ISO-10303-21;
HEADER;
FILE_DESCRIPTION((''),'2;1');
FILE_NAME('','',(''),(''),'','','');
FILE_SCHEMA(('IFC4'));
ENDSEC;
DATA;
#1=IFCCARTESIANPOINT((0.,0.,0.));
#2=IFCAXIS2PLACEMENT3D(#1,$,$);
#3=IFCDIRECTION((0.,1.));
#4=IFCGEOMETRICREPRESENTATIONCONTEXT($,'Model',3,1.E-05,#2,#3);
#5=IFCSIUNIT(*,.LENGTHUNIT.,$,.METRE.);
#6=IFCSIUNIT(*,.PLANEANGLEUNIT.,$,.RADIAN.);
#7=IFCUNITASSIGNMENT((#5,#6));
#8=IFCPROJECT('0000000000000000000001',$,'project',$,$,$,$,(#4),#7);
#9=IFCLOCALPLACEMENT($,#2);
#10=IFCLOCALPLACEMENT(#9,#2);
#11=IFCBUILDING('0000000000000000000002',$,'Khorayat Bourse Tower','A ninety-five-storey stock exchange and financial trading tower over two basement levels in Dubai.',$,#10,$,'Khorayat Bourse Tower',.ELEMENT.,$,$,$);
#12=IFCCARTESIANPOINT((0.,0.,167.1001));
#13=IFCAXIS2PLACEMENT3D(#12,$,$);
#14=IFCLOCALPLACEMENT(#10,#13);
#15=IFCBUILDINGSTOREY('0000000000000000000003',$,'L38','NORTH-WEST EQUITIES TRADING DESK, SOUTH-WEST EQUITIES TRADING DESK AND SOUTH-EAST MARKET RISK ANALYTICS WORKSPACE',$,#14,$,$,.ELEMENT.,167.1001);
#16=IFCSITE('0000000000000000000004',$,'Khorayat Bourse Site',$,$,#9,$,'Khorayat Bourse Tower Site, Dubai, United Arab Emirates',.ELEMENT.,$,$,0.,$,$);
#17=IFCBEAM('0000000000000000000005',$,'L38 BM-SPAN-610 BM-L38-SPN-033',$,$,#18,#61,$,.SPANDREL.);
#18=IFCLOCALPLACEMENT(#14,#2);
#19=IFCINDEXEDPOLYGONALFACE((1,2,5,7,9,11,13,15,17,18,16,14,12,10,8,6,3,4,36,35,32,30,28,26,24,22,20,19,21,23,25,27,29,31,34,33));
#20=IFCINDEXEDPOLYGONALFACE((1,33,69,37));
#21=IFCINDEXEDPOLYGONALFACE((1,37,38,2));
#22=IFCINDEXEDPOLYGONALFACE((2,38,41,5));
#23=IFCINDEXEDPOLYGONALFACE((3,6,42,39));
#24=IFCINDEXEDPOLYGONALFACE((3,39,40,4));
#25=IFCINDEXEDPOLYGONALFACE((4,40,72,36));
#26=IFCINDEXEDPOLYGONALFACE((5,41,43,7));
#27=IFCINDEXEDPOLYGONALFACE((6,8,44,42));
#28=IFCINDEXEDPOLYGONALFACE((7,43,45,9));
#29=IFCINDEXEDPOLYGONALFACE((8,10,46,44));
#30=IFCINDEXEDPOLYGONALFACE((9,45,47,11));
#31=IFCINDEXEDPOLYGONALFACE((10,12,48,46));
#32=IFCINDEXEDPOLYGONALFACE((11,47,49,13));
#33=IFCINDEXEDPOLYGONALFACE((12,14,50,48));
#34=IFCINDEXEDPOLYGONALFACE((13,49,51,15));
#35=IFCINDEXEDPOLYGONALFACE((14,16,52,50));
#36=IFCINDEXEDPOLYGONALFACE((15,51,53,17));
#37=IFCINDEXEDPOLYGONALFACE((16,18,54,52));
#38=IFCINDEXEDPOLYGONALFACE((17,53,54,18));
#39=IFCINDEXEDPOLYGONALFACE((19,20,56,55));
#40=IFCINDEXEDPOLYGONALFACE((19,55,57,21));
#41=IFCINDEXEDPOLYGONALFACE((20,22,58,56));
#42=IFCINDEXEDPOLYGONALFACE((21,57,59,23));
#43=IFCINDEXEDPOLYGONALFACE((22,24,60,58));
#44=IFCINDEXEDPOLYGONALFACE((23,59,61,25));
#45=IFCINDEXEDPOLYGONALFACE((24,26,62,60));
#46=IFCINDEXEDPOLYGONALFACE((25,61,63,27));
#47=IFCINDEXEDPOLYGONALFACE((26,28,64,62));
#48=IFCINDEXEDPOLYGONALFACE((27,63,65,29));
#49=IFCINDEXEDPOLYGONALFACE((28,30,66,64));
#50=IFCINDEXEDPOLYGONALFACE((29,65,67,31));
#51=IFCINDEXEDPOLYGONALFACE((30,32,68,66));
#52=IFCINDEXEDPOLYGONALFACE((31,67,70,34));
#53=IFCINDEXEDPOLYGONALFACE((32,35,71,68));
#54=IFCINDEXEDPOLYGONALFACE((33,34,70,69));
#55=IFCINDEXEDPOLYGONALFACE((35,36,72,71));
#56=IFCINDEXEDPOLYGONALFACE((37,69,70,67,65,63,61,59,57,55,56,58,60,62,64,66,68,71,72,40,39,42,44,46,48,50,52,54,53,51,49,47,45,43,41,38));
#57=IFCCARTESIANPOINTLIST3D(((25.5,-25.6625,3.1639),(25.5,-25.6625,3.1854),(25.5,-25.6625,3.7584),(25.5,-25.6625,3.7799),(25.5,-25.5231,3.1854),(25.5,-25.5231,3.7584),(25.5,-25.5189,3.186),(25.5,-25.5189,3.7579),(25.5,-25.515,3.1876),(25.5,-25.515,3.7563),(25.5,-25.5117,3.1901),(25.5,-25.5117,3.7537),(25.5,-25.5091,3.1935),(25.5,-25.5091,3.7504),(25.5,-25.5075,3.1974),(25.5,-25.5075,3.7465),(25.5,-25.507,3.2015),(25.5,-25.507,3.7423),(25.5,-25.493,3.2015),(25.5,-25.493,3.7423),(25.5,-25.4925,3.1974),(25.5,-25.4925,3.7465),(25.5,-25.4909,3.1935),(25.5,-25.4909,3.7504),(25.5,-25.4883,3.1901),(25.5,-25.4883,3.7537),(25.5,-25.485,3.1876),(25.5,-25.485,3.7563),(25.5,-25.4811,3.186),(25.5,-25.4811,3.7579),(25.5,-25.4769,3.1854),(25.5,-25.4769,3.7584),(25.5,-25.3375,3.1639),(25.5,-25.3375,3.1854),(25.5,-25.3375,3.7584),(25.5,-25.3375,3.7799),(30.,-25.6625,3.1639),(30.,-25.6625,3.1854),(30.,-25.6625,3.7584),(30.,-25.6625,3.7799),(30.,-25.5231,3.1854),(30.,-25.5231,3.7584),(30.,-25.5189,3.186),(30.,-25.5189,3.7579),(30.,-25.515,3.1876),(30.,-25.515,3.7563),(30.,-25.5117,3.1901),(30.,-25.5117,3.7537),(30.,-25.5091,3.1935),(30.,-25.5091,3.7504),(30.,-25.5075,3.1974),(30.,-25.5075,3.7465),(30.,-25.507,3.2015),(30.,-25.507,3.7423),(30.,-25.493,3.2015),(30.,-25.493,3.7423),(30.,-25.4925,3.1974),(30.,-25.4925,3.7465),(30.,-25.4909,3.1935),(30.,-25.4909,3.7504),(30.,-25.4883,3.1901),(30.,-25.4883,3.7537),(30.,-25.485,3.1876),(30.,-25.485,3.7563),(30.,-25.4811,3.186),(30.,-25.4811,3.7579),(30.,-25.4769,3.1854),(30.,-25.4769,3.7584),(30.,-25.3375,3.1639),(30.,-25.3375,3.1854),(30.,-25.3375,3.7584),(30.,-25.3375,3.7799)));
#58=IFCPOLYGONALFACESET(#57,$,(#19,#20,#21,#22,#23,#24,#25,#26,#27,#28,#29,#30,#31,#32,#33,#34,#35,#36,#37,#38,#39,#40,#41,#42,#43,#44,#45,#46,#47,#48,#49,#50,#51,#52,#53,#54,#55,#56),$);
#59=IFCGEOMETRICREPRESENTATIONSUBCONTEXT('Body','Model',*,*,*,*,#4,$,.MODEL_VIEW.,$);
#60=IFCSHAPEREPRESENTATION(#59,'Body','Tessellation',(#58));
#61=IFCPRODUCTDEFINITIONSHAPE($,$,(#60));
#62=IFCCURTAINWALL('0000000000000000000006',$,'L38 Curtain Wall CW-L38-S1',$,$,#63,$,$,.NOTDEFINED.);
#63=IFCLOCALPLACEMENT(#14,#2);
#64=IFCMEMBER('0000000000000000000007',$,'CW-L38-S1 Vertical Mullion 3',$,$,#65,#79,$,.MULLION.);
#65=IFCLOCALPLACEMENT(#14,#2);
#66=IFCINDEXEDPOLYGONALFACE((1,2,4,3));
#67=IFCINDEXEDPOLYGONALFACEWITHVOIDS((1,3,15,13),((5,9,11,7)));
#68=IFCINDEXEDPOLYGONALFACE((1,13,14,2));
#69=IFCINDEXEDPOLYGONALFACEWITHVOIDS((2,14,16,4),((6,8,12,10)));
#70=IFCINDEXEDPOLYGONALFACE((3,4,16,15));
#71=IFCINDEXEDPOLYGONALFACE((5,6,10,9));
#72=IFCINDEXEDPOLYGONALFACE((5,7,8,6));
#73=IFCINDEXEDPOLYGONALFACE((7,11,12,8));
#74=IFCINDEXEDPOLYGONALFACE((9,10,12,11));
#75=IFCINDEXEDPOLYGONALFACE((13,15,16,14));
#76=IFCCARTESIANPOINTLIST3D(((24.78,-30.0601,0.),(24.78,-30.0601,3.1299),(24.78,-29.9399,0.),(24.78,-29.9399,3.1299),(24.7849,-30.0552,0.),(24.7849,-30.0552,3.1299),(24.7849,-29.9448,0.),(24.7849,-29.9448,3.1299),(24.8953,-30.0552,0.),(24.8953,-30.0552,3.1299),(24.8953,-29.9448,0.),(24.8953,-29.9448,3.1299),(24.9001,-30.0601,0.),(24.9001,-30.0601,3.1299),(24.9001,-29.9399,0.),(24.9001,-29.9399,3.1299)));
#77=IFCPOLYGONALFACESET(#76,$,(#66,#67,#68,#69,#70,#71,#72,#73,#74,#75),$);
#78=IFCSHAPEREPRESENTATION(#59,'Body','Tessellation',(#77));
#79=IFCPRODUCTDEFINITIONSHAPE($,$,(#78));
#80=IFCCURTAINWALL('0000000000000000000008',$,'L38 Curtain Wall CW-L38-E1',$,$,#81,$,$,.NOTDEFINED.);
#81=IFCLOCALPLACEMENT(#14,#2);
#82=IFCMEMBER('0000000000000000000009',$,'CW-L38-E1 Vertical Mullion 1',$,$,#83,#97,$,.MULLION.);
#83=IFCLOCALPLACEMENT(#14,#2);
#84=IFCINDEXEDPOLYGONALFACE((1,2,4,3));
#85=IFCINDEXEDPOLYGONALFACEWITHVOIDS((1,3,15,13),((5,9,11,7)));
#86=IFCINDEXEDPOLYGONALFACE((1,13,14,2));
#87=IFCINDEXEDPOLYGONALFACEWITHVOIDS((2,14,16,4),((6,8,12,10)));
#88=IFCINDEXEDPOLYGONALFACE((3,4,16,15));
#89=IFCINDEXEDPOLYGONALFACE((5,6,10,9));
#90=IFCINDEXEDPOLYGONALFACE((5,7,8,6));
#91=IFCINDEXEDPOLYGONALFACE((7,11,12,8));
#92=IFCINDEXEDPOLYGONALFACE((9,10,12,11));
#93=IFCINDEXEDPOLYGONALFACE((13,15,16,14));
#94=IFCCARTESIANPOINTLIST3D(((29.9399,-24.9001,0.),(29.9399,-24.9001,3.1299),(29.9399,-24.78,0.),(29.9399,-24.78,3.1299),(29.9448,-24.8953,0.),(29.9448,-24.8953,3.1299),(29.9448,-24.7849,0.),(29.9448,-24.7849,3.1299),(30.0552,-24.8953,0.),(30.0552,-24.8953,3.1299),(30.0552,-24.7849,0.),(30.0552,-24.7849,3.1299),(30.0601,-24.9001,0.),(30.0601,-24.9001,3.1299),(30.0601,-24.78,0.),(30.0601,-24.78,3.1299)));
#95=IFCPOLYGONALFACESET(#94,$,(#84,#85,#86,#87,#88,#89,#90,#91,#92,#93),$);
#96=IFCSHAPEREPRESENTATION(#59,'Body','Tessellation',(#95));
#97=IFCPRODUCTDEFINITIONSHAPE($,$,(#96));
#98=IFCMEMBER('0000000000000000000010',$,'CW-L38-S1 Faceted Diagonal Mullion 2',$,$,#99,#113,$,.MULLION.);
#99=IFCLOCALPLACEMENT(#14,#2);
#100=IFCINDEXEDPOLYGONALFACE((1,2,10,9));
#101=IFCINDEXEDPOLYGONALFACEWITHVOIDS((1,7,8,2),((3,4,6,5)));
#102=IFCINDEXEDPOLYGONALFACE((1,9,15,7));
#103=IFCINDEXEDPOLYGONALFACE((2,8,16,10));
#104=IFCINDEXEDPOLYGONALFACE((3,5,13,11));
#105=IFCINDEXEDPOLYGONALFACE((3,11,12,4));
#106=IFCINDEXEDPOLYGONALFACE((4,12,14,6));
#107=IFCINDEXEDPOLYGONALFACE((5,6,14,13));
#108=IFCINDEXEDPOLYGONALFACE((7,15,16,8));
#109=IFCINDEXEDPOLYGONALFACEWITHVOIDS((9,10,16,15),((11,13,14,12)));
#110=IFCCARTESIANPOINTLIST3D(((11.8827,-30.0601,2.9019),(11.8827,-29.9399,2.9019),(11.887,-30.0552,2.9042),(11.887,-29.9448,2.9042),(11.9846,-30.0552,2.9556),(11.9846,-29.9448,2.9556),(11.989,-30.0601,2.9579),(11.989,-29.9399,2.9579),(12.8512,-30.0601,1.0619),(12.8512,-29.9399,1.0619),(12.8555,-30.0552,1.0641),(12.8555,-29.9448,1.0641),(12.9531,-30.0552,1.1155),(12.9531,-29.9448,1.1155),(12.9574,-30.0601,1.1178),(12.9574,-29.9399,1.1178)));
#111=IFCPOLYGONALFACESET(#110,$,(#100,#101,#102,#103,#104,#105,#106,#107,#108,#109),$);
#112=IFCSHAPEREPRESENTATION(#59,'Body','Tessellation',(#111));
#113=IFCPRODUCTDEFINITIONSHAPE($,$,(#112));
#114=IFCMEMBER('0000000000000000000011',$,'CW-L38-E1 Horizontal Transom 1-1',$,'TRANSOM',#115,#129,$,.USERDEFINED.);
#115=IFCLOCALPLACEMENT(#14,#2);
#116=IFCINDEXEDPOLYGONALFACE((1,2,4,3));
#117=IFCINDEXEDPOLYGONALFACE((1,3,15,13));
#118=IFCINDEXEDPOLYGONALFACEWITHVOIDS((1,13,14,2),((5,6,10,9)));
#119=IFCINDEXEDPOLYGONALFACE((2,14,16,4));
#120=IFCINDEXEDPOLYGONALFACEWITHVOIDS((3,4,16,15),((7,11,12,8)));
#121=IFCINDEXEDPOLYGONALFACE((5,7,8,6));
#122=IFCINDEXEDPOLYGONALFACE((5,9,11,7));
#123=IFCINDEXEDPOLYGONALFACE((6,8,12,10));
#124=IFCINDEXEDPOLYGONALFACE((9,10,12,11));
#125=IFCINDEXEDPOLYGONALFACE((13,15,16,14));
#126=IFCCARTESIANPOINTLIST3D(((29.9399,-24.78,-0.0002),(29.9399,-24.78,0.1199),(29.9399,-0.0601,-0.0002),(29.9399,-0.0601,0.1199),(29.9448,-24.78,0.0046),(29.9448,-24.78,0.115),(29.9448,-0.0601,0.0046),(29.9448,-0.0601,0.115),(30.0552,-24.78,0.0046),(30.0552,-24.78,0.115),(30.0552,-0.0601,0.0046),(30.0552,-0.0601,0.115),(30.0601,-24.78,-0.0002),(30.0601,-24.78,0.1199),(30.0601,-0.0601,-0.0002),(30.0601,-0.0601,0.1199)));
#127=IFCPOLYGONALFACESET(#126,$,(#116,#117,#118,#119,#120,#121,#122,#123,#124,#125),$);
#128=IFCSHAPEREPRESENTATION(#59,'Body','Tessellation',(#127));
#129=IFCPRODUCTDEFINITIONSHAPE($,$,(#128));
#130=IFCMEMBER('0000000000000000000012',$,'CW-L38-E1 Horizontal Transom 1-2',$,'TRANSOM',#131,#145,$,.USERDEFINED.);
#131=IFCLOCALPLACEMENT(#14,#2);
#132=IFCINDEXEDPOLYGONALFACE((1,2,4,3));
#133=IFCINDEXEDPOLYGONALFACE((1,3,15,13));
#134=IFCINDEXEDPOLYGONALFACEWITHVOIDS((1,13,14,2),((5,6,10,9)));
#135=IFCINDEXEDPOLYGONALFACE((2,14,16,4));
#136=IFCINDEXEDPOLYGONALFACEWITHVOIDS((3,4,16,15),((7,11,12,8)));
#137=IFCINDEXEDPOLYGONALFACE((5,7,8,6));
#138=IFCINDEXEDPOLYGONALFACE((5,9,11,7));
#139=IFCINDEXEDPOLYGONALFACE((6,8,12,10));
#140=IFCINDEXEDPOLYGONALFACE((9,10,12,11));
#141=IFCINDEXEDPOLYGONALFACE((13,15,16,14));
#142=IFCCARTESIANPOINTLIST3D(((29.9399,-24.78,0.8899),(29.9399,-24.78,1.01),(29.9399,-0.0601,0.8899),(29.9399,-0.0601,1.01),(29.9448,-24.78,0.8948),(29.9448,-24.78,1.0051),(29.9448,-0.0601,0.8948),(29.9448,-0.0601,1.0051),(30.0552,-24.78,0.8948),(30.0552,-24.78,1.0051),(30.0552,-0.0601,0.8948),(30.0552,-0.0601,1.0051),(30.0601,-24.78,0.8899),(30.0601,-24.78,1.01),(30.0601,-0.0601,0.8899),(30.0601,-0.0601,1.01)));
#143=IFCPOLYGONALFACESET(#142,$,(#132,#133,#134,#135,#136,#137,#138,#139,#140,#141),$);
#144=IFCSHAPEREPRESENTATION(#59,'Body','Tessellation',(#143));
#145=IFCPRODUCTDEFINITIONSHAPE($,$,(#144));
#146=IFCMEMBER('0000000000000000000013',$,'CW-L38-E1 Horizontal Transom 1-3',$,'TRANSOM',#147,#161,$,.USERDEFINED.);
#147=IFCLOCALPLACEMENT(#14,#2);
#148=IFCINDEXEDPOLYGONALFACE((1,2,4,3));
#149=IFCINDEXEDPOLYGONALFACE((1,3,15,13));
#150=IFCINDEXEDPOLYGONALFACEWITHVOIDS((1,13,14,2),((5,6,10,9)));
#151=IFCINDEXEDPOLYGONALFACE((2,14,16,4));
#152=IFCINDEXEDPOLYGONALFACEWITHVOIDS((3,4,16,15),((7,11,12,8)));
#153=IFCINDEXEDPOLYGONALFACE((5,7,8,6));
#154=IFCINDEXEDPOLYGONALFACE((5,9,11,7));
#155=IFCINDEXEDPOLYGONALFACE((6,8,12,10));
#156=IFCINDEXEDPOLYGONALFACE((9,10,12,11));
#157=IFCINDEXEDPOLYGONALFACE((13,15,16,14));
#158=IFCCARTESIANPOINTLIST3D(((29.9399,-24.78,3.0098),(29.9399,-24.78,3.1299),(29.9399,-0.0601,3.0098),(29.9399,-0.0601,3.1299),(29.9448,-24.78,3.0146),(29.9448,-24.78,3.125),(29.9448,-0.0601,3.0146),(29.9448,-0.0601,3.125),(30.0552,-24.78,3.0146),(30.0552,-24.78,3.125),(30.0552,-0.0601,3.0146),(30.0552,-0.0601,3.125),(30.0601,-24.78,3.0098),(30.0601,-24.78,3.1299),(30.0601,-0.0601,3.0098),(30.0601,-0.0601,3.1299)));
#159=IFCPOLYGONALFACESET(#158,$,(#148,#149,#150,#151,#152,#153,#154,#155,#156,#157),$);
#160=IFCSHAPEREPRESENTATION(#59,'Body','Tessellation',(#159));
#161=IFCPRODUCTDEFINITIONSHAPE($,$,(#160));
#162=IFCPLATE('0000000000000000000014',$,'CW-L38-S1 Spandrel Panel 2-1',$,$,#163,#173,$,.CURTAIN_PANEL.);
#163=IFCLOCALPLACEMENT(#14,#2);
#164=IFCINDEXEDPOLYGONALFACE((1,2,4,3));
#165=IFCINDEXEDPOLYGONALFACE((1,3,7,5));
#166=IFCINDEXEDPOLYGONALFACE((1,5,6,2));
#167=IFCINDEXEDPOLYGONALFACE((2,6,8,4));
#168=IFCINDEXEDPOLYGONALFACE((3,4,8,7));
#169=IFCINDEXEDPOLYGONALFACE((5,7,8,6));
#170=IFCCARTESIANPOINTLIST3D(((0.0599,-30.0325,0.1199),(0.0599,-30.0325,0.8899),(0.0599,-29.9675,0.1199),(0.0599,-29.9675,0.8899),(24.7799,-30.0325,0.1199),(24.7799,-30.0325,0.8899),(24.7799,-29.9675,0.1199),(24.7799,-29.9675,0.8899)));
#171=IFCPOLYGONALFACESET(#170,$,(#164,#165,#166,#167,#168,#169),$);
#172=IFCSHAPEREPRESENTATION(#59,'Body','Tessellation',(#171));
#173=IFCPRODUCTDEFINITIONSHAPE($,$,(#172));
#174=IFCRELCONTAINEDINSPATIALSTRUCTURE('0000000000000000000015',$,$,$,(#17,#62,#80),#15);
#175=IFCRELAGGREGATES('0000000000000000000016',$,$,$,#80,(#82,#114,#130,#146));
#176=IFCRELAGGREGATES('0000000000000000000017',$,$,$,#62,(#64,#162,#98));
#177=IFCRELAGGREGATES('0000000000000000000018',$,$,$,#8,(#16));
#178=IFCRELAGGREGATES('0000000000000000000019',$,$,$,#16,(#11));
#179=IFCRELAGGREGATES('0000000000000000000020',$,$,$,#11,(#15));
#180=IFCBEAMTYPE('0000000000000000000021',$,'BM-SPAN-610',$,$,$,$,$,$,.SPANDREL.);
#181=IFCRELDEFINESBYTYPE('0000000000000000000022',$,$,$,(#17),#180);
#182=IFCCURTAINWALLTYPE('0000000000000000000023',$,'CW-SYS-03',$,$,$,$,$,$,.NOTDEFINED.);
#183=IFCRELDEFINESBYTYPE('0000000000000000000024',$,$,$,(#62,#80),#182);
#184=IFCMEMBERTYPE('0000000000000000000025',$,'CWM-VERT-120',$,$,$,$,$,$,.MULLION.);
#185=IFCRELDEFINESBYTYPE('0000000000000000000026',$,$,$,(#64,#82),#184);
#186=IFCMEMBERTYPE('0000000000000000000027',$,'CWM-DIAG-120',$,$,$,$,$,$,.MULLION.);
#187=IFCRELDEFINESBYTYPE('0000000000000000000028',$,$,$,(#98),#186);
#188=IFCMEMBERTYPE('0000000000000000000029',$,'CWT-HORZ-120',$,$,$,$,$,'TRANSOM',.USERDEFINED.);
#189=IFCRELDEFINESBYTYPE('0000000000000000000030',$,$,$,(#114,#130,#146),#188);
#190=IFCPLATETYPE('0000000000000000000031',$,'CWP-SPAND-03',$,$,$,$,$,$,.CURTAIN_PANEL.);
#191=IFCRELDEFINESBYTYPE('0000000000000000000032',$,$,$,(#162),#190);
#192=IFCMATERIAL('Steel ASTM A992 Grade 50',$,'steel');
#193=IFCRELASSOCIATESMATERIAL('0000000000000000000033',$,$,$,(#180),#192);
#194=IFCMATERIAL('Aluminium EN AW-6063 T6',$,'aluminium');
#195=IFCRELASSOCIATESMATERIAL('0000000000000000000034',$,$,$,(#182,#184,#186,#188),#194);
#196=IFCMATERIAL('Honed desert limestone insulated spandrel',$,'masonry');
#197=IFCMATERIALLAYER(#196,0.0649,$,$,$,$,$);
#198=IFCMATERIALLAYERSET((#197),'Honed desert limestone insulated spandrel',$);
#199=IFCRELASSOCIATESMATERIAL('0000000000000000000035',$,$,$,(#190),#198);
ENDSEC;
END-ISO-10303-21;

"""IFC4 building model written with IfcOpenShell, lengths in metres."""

from ifc_helpers import new_model, si_unit, direction, frame, origin, origin_2d, place, context, subcontext, project, spatial, rectangle, hollow_rectangle, i_section, extrude, source, transform, mapped, material, layer, layer_set, material_profile, profile_set, type_object, element, aggregate, save


model = new_model("IFC4")

# Units and contexts
model_context = context("Model", 3, precision=1e-05, world=origin(), true_north=direction((0.0, 1.0)))
body_context = subcontext(model_context, "Body", "Model", "MODEL_VIEW")
ifc_project = project(units=[si_unit("LENGTHUNIT", "METRE"), si_unit("PLANEANGLEUNIT", "RADIAN")], contexts=[model_context])

# Site, building, storey
site_placement = place(None, origin())
site = spatial("IfcSite", under=ifc_project, at=site_placement, Name="Khorayat Bourse Site", LongName="Khorayat Bourse Tower Site, Dubai, United Arab Emirates", CompositionType="ELEMENT", RefElevation=0.0)
building_placement = place(site_placement, origin())
building = spatial("IfcBuilding", under=site, at=building_placement, Name="Khorayat Bourse Tower", Description="A ninety-five-storey stock exchange and financial trading tower over two basement levels in Dubai.", LongName="Khorayat Bourse Tower", CompositionType="ELEMENT")
storey_placement = place(building_placement, frame((0.0, 0.0, 167.1001)))
storey = spatial("IfcBuildingStorey", under=building, at=storey_placement, Name="L38", Description="NORTH-WEST EQUITIES TRADING DESK, SOUTH-WEST EQUITIES TRADING DESK AND SOUTH-EAST MARKET RISK ANALYTICS WORKSPACE", CompositionType="ELEMENT", Elevation=167.1001)

# Beam
ifc_material_1 = material(Name="Steel ASTM A992 Grade 50", Category="steel")
ifc_material_profile_1 = material_profile(ifc_material_1, i_section(OverallWidth=0.325, OverallDepth=0.616, WebThickness=0.0139, FlangeThickness=0.0215, FilletRadius=0.0161, at=origin_2d()), Name="W610X174")
ifc_profile_set_1 = profile_set([ifc_material_profile_1], Name="Steel ASTM A992 Grade 50")
beam_type_1 = type_object("IfcBeamType", Name="BM-SPAN-610", PredefinedType="SPANDREL", material=ifc_profile_set_1)
shared_shape_1 = source(origin(), body_context, "Body", "SweptSolid", [
    extrude(i_section(OverallWidth=0.325, OverallDepth=0.616, WebThickness=0.0139, FlangeThickness=0.0215, FilletRadius=0.0161, at=origin_2d()), origin(), (0.0, 0.0, 1.0), 4.5),
])
for number, where, z_axis, x_axis, name in (
    (1, (25.5, -25.5, 3.4719), (1.0, 0.0, 0.0), (0.0, 1.0, 0.0), "L38 BM-SPAN-610 BM-L38-SPN-033"),
):
    element("IfcBeam", number, at=place(storey_placement, frame(where, z_axis=z_axis, x_axis=x_axis)), inside=storey, type_object=beam_type_1, Name=name, PredefinedType="SPANDREL", context=body_context, shape_type="MappedRepresentation", body=[
        mapped(shared_shape_1, transform((0.0, 0.0, 0.0), scale=1.0)),
    ])

# Curtain walls, members
ifc_material_2 = material(Name="Aluminium EN AW-6063 T6", Category="aluminium")
curtain_wall_type = type_object("IfcCurtainWallType", Name="CW-SYS-03", PredefinedType="NOTDEFINED", material=ifc_material_2)
curtain_wall_1_placement = place(storey_placement, origin())
curtain_wall_1 = element("IfcCurtainWall", 2, at=curtain_wall_1_placement, inside=storey, type_object=curtain_wall_type, Name="L38 Curtain Wall CW-L38-S1", PredefinedType="NOTDEFINED")
ifc_material_profile_2 = material_profile(ifc_material_2, hollow_rectangle(XDim=0.1201, YDim=0.1201, WallThickness=0.0049, at=origin_2d()), Name="ALU 120x120x5")
ifc_profile_set_2 = profile_set([ifc_material_profile_2], Name="Aluminium EN AW-6063 T6")
member_type_1 = type_object("IfcMemberType", Name="CWM-VERT-120", PredefinedType="MULLION", material=ifc_profile_set_2)
shared_shape_2 = source(origin(), body_context, "Body", "SweptSolid", [
    extrude(hollow_rectangle(XDim=0.1201, YDim=0.1201, WallThickness=0.0049, at=origin_2d()), origin(), (0.0, 0.0, 1.0), 3.1299),
])
member_1_placement = place(storey_placement, frame((24.8401, -30.0, 0.0), z_axis=(0.0, 0.0, 1.0), x_axis=(0.0, 1.0, 0.0)))
member_1 = element("IfcMember", 3, at=member_1_placement, type_object=member_type_1, Name="CW-L38-S1 Vertical Mullion 3", PredefinedType="MULLION", context=body_context, shape_type="MappedRepresentation", body=[
    mapped(shared_shape_2, transform((0.0, 0.0, 0.0), scale=1.0)),
])
curtain_wall_2_placement = place(storey_placement, origin())
curtain_wall_2 = element("IfcCurtainWall", 4, at=curtain_wall_2_placement, inside=storey, type_object=curtain_wall_type, Name="L38 Curtain Wall CW-L38-E1", PredefinedType="NOTDEFINED")
member_2_placement = place(storey_placement, frame((30.0, -24.8401, 0.0), z_axis=(0.0, 0.0, 1.0), x_axis=(-1.0, 0.0, 0.0)))
member_2 = element("IfcMember", 5, at=member_2_placement, type_object=member_type_1, Name="CW-L38-E1 Vertical Mullion 1", PredefinedType="MULLION", context=body_context, shape_type="MappedRepresentation", body=[
    mapped(shared_shape_2, transform((0.0, 0.0, 0.0), scale=1.0)),
])

# Members
ifc_material_profile_3 = material_profile(ifc_material_2, hollow_rectangle(XDim=0.1201, YDim=0.1201, WallThickness=0.0049, at=origin_2d()), Name="ALU 120x120x5")
ifc_profile_set_3 = profile_set([ifc_material_profile_3], Name="Aluminium EN AW-6063 T6")
member_type_2 = type_object("IfcMemberType", Name="CWM-DIAG-120", PredefinedType="MULLION", material=ifc_profile_set_3)
shared_shape_3 = source(origin(), body_context, "Body", "SweptSolid", [
    extrude(hollow_rectangle(XDim=0.1201, YDim=0.1201, WallThickness=0.0049, at=origin_2d()), origin(), (0.0, 0.0, 1.0), 2.0793),
])
member_3_placement = place(storey_placement, frame((12.9043, -30.0, 1.0898), z_axis=(-0.465761, 0.0, 0.884911), x_axis=(0.0, -1.0, 0.0)))
member_3 = element("IfcMember", 6, at=member_3_placement, type_object=member_type_2, Name="CW-L38-S1 Faceted Diagonal Mullion 2", PredefinedType="MULLION", context=body_context, shape_type="MappedRepresentation", body=[
    mapped(shared_shape_3, transform((0.0, 0.0, 0.0), scale=1.0)),
])
ifc_material_profile_4 = material_profile(ifc_material_2, hollow_rectangle(XDim=0.1201, YDim=0.1201, WallThickness=0.0049, at=origin_2d()), Name="ALU 120x120x5")
ifc_profile_set_4 = profile_set([ifc_material_profile_4], Name="Aluminium EN AW-6063 T6")
member_type_3 = type_object("IfcMemberType", Name="CWT-HORZ-120", ElementType="TRANSOM", PredefinedType="USERDEFINED", material=ifc_profile_set_4)
shared_shape_4 = source(origin(), body_context, "Body", "SweptSolid", [
    extrude(hollow_rectangle(XDim=0.1201, YDim=0.1201, WallThickness=0.0049, at=origin_2d()), origin(), (0.0, 0.0, 1.0), 24.72),
])
member_4_placement = place(storey_placement, frame((30.0, -24.78, 0.0598), z_axis=(0.0, 1.0, 0.0), x_axis=(-1.0, 0.0, 0.0)))
member_4 = element("IfcMember", 7, at=member_4_placement, type_object=member_type_3, Name="CW-L38-E1 Horizontal Transom 1-1", ObjectType="TRANSOM", PredefinedType="USERDEFINED", context=body_context, shape_type="MappedRepresentation", body=[
    mapped(shared_shape_4, transform((0.0, 0.0, 0.0), scale=1.0)),
])
member_5_placement = place(storey_placement, frame((30.0, -24.78, 0.95), z_axis=(0.0, 1.0, 0.0), x_axis=(-1.0, 0.0, 0.0)))
member_5 = element("IfcMember", 8, at=member_5_placement, type_object=member_type_3, Name="CW-L38-E1 Horizontal Transom 1-2", ObjectType="TRANSOM", PredefinedType="USERDEFINED", context=body_context, shape_type="MappedRepresentation", body=[
    mapped(shared_shape_4, transform((0.0, 0.0, 0.0), scale=1.0)),
])
member_6_placement = place(storey_placement, frame((30.0, -24.78, 3.0698), z_axis=(0.0, 1.0, 0.0), x_axis=(-1.0, 0.0, 0.0)))
member_6 = element("IfcMember", 9, at=member_6_placement, type_object=member_type_3, Name="CW-L38-E1 Horizontal Transom 1-3", ObjectType="TRANSOM", PredefinedType="USERDEFINED", context=body_context, shape_type="MappedRepresentation", body=[
    mapped(shared_shape_4, transform((0.0, 0.0, 0.0), scale=1.0)),
])
aggregate(curtain_wall_2, [member_2, member_4, member_5, member_6])

# Plate
ifc_material_3 = material(Name="Honed desert limestone insulated spandrel", Category="masonry")
ifc_layer_1 = layer(ifc_material_3, 0.0649)
ifc_layer_set_1 = layer_set([ifc_layer_1], Name="Honed desert limestone insulated spandrel")
plate_type_1 = type_object("IfcPlateType", Name="CWP-SPAND-03", PredefinedType="CURTAIN_PANEL", material=ifc_layer_set_1)
shared_shape_5 = source(origin(), body_context, "Body", "SweptSolid", [
    extrude(rectangle(XDim=24.72, YDim=0.0649, at=origin_2d()), origin(), (0.0, 0.0, 1.0), 0.77),
])
plate_1_placement = place(storey_placement, frame((12.4199, -30.0, 0.1199), z_axis=(0.0, 0.0, 1.0), x_axis=(1.0, 0.0, 0.0)))
plate_1 = element("IfcPlate", 10, at=plate_1_placement, type_object=plate_type_1, Name="CW-L38-S1 Spandrel Panel 2-1", PredefinedType="CURTAIN_PANEL", context=body_context, shape_type="MappedRepresentation", body=[
    mapped(shared_shape_5, transform((0.0, 0.0, 0.0), scale=1.0)),
])
aggregate(curtain_wall_1, [member_1, plate_1, member_3])

save(model, "model.ifc")
